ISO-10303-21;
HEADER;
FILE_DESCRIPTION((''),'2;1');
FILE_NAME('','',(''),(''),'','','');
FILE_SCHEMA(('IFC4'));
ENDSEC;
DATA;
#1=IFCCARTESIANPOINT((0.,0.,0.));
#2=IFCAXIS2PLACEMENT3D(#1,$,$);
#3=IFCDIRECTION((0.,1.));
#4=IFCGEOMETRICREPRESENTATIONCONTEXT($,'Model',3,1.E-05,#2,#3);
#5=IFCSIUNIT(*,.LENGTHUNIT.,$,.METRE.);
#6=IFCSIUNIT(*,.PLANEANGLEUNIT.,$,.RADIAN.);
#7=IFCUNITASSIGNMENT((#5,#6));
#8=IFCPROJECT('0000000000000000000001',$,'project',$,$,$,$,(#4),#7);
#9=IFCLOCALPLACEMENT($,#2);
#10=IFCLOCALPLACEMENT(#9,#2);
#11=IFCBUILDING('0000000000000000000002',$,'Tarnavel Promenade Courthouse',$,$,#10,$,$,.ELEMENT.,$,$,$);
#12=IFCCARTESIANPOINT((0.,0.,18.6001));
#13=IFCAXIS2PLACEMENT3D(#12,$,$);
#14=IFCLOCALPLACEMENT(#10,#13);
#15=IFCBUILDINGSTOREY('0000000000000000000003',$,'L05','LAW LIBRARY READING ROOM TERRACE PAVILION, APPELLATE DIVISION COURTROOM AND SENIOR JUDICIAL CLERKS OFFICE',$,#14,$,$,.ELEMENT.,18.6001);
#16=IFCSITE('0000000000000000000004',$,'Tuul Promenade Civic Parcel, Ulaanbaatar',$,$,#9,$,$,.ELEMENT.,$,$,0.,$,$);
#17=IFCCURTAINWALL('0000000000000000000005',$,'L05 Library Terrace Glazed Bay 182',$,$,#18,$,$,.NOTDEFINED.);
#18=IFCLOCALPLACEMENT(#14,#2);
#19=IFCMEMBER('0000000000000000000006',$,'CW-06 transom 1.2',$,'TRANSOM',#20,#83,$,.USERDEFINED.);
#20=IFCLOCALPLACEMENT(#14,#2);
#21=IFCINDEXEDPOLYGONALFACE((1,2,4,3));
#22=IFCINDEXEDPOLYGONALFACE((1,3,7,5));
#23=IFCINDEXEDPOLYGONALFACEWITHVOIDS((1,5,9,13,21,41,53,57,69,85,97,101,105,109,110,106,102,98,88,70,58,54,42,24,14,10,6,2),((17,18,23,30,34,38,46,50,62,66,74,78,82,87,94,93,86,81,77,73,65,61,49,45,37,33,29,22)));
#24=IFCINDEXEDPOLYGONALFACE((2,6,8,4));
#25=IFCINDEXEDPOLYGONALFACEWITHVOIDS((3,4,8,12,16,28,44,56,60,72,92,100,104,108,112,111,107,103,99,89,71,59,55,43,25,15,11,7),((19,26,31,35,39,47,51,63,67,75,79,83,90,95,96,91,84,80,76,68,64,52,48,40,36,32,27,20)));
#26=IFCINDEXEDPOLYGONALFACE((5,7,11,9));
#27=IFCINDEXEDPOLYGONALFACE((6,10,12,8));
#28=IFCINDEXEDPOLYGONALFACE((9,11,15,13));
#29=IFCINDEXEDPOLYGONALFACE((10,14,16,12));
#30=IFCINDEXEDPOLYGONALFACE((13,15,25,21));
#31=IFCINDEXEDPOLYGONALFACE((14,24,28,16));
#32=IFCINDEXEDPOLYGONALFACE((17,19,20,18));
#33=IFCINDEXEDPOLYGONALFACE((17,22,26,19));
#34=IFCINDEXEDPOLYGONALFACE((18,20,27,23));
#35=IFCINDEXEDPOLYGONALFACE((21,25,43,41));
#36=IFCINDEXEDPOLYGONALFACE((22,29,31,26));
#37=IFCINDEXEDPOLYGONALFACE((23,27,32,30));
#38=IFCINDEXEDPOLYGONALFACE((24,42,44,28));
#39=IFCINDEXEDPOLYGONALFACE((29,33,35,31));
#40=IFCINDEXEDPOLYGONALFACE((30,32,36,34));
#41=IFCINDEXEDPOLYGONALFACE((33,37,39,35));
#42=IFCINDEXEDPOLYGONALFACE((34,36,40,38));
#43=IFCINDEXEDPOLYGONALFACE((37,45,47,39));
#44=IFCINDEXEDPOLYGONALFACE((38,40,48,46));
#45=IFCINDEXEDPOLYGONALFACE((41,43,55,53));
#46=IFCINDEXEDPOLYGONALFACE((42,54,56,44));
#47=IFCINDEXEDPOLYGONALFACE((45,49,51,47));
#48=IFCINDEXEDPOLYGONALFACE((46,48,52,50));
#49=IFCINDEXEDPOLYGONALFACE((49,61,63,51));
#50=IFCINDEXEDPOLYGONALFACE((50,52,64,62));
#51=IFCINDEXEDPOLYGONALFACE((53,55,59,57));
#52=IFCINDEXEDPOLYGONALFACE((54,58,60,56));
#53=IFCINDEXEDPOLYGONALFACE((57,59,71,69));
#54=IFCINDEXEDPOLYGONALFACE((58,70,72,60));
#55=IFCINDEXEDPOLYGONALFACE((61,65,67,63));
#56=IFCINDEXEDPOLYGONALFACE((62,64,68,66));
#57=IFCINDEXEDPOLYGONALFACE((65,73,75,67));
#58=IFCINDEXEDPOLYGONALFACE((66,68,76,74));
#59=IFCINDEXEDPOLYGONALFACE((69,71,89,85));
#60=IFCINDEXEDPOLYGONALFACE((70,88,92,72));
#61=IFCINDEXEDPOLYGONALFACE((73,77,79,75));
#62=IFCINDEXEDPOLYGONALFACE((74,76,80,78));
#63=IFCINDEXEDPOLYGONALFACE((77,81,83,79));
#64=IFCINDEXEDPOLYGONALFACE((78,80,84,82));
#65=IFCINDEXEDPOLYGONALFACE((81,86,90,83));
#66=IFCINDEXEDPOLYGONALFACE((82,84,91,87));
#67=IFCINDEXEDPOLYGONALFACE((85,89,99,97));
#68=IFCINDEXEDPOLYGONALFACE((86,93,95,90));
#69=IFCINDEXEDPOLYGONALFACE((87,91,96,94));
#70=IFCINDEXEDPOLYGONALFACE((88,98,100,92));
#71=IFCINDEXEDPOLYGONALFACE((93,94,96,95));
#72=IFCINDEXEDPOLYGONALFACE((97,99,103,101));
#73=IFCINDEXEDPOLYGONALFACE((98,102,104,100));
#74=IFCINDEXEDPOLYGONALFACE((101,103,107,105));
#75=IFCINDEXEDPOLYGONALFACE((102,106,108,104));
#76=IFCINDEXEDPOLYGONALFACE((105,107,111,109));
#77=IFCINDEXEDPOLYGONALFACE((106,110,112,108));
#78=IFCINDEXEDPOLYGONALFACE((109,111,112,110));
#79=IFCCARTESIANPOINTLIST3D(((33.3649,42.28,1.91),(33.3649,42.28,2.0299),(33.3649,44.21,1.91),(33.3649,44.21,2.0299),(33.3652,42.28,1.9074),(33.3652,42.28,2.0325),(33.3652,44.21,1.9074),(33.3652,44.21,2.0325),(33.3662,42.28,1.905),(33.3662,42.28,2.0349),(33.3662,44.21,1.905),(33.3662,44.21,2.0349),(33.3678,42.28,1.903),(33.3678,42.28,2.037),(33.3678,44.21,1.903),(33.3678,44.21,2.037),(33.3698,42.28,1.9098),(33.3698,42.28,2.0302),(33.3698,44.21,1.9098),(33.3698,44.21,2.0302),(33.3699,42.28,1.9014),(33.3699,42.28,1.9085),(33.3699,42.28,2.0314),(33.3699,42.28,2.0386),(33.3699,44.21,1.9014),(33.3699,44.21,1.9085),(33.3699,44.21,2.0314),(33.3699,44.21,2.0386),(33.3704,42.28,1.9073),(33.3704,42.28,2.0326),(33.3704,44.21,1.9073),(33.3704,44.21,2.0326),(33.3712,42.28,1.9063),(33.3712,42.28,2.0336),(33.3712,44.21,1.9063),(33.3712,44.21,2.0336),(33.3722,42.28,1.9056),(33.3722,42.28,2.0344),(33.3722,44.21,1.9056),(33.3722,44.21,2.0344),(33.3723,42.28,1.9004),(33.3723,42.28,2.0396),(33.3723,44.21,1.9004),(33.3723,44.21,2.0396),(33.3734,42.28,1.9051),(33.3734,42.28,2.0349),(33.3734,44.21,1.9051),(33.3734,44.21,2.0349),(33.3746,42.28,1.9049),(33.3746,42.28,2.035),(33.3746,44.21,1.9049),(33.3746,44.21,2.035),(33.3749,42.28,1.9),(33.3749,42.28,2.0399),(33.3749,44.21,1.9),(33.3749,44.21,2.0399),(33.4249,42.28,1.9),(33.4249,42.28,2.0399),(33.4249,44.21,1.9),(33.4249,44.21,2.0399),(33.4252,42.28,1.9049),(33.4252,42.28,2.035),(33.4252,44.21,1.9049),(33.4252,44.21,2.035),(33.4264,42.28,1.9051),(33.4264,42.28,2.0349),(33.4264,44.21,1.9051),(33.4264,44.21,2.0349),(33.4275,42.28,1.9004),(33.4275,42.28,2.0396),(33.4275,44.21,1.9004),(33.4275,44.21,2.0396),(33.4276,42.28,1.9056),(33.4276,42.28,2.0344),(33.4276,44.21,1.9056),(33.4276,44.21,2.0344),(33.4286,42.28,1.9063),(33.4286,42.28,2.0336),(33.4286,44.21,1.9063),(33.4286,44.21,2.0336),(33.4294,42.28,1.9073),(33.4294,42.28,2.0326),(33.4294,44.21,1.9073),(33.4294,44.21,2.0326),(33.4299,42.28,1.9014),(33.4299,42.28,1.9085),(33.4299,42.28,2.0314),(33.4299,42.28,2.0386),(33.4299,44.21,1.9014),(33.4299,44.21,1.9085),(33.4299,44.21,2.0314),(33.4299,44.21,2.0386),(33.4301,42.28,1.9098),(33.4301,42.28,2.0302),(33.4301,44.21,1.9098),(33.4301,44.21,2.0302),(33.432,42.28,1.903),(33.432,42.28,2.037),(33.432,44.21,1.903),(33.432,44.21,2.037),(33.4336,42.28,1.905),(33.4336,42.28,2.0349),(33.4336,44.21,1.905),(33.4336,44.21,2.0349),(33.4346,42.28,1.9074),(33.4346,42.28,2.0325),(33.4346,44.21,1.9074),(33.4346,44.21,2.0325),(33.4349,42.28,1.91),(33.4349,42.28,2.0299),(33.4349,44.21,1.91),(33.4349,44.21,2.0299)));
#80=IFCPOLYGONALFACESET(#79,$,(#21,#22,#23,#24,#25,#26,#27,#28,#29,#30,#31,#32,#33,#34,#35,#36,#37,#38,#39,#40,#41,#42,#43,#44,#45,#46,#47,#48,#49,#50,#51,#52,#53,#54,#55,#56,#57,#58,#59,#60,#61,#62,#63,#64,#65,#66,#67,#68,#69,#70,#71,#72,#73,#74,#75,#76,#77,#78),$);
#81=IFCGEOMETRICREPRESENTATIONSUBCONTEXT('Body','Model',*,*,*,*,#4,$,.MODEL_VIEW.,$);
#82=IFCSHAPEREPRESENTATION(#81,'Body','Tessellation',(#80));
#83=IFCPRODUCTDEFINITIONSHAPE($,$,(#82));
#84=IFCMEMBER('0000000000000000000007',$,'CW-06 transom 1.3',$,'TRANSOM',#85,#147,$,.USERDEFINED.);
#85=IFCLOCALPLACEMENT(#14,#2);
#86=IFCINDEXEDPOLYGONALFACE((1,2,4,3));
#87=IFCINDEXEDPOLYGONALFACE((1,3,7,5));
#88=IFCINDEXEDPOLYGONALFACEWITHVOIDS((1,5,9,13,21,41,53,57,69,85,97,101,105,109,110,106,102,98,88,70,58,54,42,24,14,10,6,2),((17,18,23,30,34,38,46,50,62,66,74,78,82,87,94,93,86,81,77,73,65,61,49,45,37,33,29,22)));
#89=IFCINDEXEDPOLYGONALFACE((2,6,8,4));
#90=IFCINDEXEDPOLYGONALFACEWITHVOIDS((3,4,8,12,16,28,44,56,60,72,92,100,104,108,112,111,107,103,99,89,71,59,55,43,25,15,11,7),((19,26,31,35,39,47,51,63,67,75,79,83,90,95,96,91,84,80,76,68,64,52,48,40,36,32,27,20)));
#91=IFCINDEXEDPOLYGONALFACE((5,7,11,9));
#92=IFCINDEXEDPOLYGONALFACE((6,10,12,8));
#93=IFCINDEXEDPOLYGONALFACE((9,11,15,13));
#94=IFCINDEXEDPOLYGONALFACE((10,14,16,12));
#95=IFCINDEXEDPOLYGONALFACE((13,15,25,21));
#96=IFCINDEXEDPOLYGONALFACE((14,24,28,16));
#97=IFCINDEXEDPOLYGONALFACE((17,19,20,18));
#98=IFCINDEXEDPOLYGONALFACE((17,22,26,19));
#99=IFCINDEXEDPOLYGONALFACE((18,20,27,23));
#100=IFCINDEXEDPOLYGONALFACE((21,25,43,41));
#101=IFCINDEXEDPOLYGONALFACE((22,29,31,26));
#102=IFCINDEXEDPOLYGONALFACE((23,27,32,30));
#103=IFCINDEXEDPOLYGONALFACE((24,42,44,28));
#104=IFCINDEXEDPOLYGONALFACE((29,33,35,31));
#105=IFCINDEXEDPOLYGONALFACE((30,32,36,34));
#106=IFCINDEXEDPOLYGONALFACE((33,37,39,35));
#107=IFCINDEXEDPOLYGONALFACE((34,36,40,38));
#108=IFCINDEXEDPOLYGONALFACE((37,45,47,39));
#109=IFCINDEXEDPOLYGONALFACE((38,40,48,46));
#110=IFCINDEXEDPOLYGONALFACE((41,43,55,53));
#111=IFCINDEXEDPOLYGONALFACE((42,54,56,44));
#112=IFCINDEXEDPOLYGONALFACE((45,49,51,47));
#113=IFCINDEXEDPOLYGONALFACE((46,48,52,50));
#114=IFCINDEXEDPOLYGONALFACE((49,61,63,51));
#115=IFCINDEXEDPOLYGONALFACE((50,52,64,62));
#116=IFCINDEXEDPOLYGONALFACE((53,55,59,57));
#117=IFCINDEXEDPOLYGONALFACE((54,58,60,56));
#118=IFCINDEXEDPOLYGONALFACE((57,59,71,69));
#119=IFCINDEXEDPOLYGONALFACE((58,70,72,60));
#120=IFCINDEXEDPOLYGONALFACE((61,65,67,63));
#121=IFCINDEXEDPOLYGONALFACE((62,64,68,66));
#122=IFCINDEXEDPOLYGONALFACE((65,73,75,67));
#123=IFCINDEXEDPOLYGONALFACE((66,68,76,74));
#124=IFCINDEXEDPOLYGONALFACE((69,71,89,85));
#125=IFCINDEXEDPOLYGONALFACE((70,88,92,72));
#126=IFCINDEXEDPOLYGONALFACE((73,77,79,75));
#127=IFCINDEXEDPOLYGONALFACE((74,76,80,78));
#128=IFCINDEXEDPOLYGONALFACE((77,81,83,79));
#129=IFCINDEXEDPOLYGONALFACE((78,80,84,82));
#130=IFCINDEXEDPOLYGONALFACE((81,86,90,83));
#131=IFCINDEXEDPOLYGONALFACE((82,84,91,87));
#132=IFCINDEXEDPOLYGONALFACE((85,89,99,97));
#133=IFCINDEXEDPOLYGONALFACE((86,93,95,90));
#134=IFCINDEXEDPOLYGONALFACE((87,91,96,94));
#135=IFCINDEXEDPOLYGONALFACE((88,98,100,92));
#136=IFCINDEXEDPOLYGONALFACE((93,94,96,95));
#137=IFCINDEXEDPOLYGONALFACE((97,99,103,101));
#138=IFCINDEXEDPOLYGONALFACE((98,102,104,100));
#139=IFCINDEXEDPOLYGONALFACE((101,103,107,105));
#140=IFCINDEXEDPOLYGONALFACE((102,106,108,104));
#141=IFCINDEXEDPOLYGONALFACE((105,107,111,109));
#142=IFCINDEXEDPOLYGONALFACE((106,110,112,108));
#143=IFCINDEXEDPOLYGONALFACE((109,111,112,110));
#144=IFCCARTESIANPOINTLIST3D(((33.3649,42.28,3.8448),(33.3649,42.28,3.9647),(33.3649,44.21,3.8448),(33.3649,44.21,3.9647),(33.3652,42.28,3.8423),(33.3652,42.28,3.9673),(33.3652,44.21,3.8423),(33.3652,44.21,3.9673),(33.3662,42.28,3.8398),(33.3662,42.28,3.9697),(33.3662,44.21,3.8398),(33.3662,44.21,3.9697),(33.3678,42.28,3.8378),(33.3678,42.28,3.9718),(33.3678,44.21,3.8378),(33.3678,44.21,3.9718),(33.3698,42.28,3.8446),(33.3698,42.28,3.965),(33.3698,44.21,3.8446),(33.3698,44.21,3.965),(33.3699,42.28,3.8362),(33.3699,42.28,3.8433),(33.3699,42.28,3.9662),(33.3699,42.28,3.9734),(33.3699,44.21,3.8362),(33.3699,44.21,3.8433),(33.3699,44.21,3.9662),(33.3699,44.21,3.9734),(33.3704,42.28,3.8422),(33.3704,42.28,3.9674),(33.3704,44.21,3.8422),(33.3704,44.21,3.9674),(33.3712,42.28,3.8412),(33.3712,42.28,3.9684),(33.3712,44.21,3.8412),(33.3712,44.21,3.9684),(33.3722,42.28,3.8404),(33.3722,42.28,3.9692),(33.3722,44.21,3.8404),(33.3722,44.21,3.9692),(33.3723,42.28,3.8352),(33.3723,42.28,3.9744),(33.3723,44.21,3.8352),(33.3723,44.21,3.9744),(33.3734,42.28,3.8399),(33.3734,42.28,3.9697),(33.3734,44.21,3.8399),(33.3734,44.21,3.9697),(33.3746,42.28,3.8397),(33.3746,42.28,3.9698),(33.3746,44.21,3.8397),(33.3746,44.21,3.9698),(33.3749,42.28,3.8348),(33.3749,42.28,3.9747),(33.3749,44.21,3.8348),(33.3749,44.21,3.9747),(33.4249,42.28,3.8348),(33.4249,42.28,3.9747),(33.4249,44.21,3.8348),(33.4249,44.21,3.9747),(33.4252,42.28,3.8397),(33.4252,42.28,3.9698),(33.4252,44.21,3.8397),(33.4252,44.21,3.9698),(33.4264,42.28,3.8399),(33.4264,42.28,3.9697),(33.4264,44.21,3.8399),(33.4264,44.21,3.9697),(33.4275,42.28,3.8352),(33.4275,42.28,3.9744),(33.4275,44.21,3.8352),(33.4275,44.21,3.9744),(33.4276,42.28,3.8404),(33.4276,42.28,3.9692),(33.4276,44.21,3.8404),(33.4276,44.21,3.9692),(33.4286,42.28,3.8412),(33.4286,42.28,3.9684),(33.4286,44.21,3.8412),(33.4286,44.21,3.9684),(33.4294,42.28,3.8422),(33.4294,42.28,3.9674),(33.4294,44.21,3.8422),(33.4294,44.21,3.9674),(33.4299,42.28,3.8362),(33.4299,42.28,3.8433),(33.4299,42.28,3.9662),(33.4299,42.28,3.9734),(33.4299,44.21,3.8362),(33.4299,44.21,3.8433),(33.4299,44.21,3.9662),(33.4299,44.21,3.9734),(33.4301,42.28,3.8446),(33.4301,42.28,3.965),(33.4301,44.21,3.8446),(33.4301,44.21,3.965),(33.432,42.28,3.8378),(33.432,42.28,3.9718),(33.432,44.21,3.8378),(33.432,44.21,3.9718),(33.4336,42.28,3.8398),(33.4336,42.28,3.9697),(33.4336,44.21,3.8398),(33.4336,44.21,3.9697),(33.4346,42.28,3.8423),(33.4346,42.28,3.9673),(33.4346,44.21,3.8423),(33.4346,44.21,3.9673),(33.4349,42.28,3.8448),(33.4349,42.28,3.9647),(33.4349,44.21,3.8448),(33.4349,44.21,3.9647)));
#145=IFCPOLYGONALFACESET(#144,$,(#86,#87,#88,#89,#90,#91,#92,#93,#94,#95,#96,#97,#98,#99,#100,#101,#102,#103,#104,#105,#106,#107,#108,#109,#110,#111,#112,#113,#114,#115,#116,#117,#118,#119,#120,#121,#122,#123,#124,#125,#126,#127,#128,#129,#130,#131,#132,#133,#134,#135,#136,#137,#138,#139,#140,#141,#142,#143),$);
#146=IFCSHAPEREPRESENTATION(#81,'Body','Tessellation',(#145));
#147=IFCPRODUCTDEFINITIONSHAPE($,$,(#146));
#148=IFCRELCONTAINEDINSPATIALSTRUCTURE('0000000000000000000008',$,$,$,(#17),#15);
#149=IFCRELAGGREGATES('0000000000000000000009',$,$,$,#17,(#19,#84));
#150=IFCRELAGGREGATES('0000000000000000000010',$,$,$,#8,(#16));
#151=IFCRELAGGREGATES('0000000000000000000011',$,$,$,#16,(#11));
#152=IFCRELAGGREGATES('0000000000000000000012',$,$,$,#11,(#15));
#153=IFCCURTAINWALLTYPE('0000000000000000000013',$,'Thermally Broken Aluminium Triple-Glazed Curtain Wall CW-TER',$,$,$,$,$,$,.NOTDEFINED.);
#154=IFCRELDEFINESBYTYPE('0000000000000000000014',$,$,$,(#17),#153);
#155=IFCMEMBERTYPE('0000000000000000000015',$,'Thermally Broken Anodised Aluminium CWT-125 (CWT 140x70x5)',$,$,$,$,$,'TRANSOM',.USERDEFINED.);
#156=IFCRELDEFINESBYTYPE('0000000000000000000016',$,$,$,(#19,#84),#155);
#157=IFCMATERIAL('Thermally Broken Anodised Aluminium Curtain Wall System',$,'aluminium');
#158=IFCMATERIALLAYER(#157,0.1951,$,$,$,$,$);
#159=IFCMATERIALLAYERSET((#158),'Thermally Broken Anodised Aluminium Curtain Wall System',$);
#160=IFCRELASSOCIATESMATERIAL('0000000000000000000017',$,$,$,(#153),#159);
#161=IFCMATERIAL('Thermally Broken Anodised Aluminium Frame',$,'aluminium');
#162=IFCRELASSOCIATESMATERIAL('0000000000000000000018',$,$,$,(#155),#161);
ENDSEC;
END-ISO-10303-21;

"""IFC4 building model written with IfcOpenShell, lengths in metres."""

from ifc_helpers import new_model, si_unit, direction, frame, origin, origin_2d, place, context, subcontext, project, spatial, hollow_rectangle, extrude, material, layer, layer_set, material_profile, profile_set, type_object, element, aggregate, save


model = new_model("IFC4")

# Units and contexts
model_context = context("Model", 3, precision=1e-05, world=origin(), true_north=direction((0.0, 1.0)))
body_context = subcontext(model_context, "Body", "Model", "MODEL_VIEW")
ifc_project = project(units=[si_unit("LENGTHUNIT", "METRE"), si_unit("PLANEANGLEUNIT", "RADIAN")], contexts=[model_context])

# Site, building, storey
site_placement = place(None, origin())
site = spatial("IfcSite", under=ifc_project, at=site_placement, Name="Tuul Promenade Civic Parcel, Ulaanbaatar", CompositionType="ELEMENT", RefElevation=0.0)
building_placement = place(site_placement, origin())
building = spatial("IfcBuilding", under=site, at=building_placement, Name="Tarnavel Promenade Courthouse", CompositionType="ELEMENT")
storey_placement = place(building_placement, frame((0.0, 0.0, 18.6001)))
storey = spatial("IfcBuildingStorey", under=building, at=storey_placement, Name="L05", Description="LAW LIBRARY READING ROOM TERRACE PAVILION, APPELLATE DIVISION COURTROOM AND SENIOR JUDICIAL CLERKS OFFICE", CompositionType="ELEMENT", Elevation=18.6001)

# Curtain wall
ifc_material_1 = material(Name="Thermally Broken Anodised Aluminium Curtain Wall System", Category="aluminium")
ifc_layer_1 = layer(ifc_material_1, 0.1951)
ifc_layer_set_1 = layer_set([ifc_layer_1], Name="Thermally Broken Anodised Aluminium Curtain Wall System")
curtain_wall_type = type_object("IfcCurtainWallType", Name="Thermally Broken Aluminium Triple-Glazed Curtain Wall CW-TER", PredefinedType="NOTDEFINED", material=ifc_layer_set_1)
ifc_material_2 = material(Name="Thermally Broken Anodised Aluminium Frame", Category="aluminium")
curtain_wall_1_placement = place(storey_placement, origin())
curtain_wall_1 = element("IfcCurtainWall", 1, at=curtain_wall_1_placement, inside=storey, type_object=curtain_wall_type, Name="L05 Library Terrace Glazed Bay 182", PredefinedType="NOTDEFINED")

# Members
ifc_material_profile_1 = material_profile(ifc_material_2, hollow_rectangle(XDim=0.0701, YDim=0.1399, WallThickness=0.0049, InnerFilletRadius=0.0049, OuterFilletRadius=0.01, at=origin_2d()), Name="CWT 140x70x5")
ifc_profile_set_1 = profile_set([ifc_material_profile_1], Name="Thermally Broken Anodised Aluminium Frame")
member_type_1 = type_object("IfcMemberType", Name="Thermally Broken Anodised Aluminium CWT-125 (CWT 140x70x5)", ElementType="TRANSOM", PredefinedType="USERDEFINED", material=ifc_profile_set_1)
member_1_placement = place(storey_placement, frame((33.3999, 42.28, 1.97), z_axis=(0.0, 1.0, 0.0), x_axis=(-1.0, 0.0, 0.0)))
member_1 = element("IfcMember", 2, at=member_1_placement, type_object=member_type_1, Name="CW-06 transom 1.2", ObjectType="TRANSOM", PredefinedType="USERDEFINED", context=body_context, shape_type="SweptSolid", body=[
    extrude(hollow_rectangle(XDim=0.0701, YDim=0.1399, WallThickness=0.0049, InnerFilletRadius=0.0049, OuterFilletRadius=0.01, at=origin_2d()), origin(), (0.0, 0.0, 1.0), 1.9299),
])
member_2_placement = place(storey_placement, frame((33.3999, 42.28, 3.9048), z_axis=(0.0, 1.0, 0.0), x_axis=(-1.0, 0.0, 0.0)))
member_2 = element("IfcMember", 3, at=member_2_placement, type_object=member_type_1, Name="CW-06 transom 1.3", ObjectType="TRANSOM", PredefinedType="USERDEFINED", context=body_context, shape_type="SweptSolid", body=[
    extrude(hollow_rectangle(XDim=0.0701, YDim=0.1399, WallThickness=0.0049, InnerFilletRadius=0.0049, OuterFilletRadius=0.01, at=origin_2d()), origin(), (0.0, 0.0, 1.0), 1.9299),
])

aggregate(curtain_wall_1, [member_1, member_2])

save(model, "model.ifc")
